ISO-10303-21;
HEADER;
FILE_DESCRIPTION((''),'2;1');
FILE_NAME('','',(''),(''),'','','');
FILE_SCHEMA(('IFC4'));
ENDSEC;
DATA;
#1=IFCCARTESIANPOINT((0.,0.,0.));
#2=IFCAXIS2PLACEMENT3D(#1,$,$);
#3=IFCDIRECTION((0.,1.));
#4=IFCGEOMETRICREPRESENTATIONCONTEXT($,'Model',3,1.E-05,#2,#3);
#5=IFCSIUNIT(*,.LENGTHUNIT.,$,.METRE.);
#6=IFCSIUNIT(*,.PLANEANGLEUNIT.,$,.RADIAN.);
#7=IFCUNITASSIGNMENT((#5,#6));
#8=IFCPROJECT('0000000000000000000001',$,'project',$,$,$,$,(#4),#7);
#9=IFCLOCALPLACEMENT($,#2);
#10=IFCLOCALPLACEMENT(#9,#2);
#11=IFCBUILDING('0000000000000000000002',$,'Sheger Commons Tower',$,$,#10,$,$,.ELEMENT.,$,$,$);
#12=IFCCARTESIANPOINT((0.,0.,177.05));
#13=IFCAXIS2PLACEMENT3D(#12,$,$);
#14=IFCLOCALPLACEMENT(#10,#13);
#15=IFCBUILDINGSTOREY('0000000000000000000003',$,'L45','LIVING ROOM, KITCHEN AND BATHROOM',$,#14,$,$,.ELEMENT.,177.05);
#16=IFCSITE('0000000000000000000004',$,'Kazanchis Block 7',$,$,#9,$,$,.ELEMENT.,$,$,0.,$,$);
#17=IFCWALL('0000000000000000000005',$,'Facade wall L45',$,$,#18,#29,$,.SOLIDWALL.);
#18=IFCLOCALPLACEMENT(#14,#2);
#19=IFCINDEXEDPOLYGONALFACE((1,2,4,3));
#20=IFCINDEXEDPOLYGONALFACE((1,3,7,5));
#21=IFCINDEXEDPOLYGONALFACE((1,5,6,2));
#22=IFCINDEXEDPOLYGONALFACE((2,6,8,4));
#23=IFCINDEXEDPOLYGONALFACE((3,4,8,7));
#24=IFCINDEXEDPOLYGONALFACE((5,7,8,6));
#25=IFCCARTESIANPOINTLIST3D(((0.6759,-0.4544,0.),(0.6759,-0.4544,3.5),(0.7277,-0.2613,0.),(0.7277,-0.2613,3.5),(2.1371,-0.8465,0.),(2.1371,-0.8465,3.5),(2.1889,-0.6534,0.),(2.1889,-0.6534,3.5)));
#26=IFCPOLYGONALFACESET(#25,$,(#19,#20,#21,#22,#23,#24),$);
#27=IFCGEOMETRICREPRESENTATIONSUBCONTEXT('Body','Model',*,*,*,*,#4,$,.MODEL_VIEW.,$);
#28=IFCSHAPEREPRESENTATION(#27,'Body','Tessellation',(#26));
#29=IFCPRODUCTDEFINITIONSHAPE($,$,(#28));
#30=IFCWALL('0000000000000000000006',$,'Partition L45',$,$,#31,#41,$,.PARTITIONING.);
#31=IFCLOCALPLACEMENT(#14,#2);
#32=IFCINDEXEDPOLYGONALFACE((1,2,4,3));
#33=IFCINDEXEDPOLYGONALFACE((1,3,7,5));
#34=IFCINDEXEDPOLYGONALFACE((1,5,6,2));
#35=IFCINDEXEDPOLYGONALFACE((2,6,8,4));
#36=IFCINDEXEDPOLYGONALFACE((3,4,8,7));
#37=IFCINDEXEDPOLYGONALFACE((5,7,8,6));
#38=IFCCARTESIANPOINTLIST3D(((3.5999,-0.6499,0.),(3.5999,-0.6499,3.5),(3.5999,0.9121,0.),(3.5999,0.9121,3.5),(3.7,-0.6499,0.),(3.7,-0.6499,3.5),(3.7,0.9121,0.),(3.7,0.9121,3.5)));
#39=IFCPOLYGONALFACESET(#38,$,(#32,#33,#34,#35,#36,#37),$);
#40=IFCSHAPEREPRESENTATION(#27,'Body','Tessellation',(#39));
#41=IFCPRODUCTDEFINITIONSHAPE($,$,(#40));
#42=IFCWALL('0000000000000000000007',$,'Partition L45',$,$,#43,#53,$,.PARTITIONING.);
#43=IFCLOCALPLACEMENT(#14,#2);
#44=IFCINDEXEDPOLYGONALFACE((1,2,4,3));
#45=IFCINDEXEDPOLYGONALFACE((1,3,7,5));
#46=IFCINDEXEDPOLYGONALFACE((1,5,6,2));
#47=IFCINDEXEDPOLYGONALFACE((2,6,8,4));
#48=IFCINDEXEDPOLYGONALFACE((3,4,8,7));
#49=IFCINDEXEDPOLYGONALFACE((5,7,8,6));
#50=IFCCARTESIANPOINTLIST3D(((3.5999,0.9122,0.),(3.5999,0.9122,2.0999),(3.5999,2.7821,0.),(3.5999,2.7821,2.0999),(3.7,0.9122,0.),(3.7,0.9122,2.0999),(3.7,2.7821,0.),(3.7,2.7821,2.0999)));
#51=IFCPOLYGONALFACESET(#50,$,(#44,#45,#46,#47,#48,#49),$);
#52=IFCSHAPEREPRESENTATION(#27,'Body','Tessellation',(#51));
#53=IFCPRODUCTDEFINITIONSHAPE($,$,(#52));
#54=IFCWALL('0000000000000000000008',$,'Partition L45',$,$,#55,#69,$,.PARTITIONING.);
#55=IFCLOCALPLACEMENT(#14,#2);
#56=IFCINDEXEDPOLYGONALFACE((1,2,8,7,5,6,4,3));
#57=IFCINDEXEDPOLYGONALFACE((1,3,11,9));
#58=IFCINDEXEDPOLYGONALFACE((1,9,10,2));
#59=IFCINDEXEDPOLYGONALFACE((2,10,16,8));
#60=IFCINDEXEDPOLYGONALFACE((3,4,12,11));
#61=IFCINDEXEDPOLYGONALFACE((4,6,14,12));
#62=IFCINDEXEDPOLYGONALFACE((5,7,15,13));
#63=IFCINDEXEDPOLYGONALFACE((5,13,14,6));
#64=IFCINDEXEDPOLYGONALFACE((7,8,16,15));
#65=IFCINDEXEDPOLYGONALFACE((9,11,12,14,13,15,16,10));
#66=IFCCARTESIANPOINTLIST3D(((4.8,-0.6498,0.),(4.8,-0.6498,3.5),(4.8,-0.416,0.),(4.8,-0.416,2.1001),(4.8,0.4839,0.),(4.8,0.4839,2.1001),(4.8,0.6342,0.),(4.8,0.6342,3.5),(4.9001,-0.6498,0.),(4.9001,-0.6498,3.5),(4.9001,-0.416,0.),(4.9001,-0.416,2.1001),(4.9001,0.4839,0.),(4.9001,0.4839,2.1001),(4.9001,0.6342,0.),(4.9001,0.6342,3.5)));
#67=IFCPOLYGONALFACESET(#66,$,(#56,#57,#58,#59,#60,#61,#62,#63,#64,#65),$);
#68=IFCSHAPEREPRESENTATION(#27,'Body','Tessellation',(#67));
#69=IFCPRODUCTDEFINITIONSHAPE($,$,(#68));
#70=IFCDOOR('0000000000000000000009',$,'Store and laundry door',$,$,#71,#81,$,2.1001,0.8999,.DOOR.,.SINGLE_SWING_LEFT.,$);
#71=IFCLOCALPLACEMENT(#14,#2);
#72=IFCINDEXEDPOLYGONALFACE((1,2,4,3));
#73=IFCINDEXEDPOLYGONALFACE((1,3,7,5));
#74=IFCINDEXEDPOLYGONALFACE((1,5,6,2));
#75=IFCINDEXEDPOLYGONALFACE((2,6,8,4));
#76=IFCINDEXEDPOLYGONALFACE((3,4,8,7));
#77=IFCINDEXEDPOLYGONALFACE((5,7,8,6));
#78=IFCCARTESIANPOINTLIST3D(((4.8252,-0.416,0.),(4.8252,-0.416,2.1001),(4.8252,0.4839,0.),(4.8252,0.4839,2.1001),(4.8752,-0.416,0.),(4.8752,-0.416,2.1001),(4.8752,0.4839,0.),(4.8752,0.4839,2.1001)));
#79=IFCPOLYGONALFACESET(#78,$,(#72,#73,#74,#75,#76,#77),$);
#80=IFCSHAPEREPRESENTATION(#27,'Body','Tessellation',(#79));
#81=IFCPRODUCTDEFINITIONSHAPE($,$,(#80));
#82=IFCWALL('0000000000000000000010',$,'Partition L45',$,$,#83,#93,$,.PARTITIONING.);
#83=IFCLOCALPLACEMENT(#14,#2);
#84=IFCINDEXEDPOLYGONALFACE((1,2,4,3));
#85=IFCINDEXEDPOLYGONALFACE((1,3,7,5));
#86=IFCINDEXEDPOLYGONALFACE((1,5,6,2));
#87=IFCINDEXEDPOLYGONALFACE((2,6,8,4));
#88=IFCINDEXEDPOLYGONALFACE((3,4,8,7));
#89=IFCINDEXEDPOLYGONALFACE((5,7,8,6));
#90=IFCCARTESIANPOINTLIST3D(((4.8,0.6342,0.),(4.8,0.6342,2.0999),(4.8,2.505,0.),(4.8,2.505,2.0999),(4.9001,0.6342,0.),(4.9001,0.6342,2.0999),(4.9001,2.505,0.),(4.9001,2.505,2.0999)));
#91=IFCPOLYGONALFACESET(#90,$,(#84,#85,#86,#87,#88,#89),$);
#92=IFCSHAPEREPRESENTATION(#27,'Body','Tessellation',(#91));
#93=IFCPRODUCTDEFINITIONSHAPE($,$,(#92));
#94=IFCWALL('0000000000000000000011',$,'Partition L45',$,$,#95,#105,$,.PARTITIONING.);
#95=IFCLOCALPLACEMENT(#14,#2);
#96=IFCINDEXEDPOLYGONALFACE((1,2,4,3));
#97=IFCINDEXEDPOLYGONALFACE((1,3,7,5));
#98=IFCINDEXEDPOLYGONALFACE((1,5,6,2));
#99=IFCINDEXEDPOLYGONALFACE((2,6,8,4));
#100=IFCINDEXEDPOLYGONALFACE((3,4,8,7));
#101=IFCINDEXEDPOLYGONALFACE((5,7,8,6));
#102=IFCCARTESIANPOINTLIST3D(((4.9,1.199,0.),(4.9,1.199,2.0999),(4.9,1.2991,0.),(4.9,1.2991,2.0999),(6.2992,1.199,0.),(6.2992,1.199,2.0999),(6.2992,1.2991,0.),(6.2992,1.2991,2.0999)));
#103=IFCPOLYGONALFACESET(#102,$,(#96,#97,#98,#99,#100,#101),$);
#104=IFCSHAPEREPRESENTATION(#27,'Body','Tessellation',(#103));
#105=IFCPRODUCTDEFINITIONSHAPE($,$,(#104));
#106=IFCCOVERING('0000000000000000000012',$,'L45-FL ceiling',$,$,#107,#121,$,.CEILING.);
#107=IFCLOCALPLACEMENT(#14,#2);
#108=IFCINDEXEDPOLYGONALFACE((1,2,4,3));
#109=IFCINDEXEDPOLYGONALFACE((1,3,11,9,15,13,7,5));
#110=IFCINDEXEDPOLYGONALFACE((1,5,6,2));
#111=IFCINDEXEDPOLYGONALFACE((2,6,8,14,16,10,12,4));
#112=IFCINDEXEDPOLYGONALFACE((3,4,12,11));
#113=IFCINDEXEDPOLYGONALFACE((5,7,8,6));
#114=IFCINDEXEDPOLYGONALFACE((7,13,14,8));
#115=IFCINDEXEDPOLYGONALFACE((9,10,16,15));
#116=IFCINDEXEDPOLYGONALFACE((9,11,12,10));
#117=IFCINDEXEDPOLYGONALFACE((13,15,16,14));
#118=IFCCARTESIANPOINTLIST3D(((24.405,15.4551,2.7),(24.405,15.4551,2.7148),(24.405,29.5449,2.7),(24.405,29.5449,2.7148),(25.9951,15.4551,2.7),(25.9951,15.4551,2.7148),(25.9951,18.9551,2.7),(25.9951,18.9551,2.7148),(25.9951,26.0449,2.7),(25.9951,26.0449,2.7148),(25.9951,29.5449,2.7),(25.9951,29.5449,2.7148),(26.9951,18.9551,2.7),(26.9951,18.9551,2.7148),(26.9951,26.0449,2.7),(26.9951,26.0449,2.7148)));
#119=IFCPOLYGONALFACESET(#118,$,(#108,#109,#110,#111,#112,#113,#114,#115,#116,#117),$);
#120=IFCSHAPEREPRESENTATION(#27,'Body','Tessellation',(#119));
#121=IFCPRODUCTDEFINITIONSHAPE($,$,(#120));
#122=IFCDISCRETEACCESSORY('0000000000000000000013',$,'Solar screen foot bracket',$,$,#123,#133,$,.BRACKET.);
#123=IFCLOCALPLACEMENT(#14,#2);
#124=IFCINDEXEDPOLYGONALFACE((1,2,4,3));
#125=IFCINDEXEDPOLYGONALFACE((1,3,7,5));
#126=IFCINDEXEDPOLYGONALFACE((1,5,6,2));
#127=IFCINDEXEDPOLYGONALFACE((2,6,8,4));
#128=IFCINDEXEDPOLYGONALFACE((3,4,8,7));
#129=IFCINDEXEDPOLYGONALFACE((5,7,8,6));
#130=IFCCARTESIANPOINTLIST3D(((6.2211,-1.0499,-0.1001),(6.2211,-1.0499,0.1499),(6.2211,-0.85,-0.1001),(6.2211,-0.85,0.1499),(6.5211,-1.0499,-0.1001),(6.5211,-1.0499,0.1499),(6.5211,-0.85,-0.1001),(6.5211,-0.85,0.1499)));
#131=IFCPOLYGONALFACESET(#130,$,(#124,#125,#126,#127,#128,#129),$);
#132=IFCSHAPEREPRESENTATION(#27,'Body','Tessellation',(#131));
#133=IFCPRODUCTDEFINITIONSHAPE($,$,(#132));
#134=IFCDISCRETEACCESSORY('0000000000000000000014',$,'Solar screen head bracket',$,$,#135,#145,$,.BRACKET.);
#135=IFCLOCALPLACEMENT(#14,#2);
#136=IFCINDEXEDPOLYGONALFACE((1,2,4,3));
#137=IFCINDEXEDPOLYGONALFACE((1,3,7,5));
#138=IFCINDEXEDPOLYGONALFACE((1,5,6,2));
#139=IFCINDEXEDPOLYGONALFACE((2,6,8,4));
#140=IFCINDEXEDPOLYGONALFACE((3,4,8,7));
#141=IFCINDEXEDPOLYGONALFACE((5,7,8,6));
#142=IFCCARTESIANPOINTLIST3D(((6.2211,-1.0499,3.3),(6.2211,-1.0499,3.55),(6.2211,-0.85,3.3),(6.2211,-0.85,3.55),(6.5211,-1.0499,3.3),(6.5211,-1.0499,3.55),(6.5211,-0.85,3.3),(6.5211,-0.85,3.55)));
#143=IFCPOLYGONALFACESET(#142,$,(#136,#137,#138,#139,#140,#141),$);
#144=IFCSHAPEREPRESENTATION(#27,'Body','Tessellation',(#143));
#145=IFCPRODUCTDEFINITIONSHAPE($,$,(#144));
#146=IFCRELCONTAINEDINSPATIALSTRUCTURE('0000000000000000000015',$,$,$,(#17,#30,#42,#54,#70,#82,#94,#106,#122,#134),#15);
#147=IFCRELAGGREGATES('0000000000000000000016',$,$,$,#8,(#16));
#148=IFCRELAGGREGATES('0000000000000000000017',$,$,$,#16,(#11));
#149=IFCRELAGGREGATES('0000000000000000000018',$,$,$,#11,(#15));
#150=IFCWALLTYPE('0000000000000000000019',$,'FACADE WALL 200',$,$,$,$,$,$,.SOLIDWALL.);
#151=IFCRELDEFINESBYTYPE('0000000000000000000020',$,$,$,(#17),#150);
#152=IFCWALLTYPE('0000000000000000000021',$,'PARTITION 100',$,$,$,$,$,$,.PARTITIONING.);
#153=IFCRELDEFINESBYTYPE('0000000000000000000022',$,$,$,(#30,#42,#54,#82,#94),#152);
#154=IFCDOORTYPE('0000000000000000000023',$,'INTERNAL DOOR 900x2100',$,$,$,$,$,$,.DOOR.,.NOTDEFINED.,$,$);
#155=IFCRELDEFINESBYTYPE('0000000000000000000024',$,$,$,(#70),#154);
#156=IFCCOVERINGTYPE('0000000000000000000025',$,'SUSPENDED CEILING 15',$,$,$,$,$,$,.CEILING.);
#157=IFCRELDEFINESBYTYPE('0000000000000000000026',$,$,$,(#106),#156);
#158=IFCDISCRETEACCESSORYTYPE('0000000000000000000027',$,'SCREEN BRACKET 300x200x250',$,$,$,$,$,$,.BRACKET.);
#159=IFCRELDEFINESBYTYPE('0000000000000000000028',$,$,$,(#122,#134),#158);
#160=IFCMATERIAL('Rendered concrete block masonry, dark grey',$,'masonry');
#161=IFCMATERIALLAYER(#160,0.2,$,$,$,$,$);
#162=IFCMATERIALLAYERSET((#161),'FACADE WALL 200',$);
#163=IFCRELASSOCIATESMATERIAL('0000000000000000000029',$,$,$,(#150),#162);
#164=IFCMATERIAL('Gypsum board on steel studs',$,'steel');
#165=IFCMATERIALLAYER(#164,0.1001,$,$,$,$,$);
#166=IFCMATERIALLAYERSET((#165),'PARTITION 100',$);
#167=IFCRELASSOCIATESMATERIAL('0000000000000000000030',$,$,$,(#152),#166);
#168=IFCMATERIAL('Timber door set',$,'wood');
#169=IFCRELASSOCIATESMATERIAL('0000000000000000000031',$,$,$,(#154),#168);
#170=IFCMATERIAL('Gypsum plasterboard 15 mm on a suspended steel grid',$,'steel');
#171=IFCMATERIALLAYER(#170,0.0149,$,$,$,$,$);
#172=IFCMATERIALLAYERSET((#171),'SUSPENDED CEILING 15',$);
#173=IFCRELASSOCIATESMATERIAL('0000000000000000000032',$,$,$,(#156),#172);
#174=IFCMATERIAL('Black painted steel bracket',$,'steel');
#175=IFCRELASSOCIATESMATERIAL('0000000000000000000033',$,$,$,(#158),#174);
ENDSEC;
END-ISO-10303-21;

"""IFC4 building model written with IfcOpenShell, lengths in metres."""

from ifc_helpers import new_model, si_unit, direction, frame, frame_2d, origin, origin_2d, place, context, subcontext, project, spatial, polyline, rectangle, outline, extrude, material, layer, layer_set, type_object, element, fill, save


model = new_model("IFC4")

# Units and contexts
model_context = context("Model", 3, precision=1e-05, world=origin(), true_north=direction((0.0, 1.0)))
body_context = subcontext(model_context, "Body", "Model", "MODEL_VIEW")
ifc_project = project(units=[si_unit("LENGTHUNIT", "METRE"), si_unit("PLANEANGLEUNIT", "RADIAN")], contexts=[model_context])

# Site, building, storey
site_placement = place(None, origin())
site = spatial("IfcSite", under=ifc_project, at=site_placement, Name="Kazanchis Block 7", CompositionType="ELEMENT", RefElevation=0.0)
building_placement = place(site_placement, origin())
building = spatial("IfcBuilding", under=site, at=building_placement, Name="Sheger Commons Tower", CompositionType="ELEMENT")
storey_placement = place(building_placement, frame((0.0, 0.0, 177.05)))
storey = spatial("IfcBuildingStorey", under=building, at=storey_placement, Name="L45", Description="LIVING ROOM, KITCHEN AND BATHROOM", CompositionType="ELEMENT", Elevation=177.05)

# Shared definitions
ifc_material_1 = material(Name="Rendered concrete block masonry, dark grey", Category="masonry")
ifc_layer_1 = layer(ifc_material_1, 0.2)
ifc_layer_set_1 = layer_set([ifc_layer_1], Name="FACADE WALL 200")
wall_type_1 = type_object("IfcWallType", Name="FACADE WALL 200", PredefinedType="SOLIDWALL", material=ifc_layer_set_1)

# Walls
wall_1_placement = place(storey_placement, frame((0.7019, -0.3579, 0.0), z_axis=(0.0, 0.0, 1.0), x_axis=(0.965832, -0.259169, 0.0)))
element("IfcWall", 1, at=wall_1_placement, inside=storey, type_object=wall_type_1, Name="Facade wall L45", PredefinedType="SOLIDWALL", context=body_context, shape_type="SweptSolid", body=[
    extrude(rectangle(XDim=1.5129, YDim=0.2, at=frame_2d((0.7563, 0.0))), origin(), (0.0, 0.0, 1.0), 3.5),
])
ifc_material_2 = material(Name="Gypsum board on steel studs", Category="steel")
ifc_layer_2 = layer(ifc_material_2, 0.1001)
ifc_layer_set_2 = layer_set([ifc_layer_2], Name="PARTITION 100")
wall_type_2 = type_object("IfcWallType", Name="PARTITION 100", PredefinedType="PARTITIONING", material=ifc_layer_set_2)
wall_2_placement = place(storey_placement, frame((3.6499, -0.6499, 0.0), z_axis=(0.0, 0.0, 1.0), x_axis=(0.0, 1.0, 0.0)))
element("IfcWall", 2, at=wall_2_placement, inside=storey, type_object=wall_type_2, Name="Partition L45", PredefinedType="PARTITIONING", context=body_context, shape_type="SweptSolid", body=[
    extrude(rectangle(XDim=1.562, YDim=0.1001, at=frame_2d((0.781, 0.0))), origin(), (0.0, 0.0, 1.0), 3.5),
])
wall_3_placement = place(storey_placement, frame((3.6499, 0.9121, 0.0), z_axis=(0.0, 0.0, 1.0), x_axis=(0.0, 1.0, 0.0)))
element("IfcWall", 3, at=wall_3_placement, inside=storey, type_object=wall_type_2, Name="Partition L45", PredefinedType="PARTITIONING", context=body_context, shape_type="SweptSolid", body=[
    extrude(rectangle(XDim=1.8699, YDim=0.1001, at=frame_2d((0.9351, 0.0))), origin(), (0.0, 0.0, 1.0), 2.0999),
])

# Wall, opening, door
wall_4_placement = place(storey_placement, frame((4.8501, -0.6499, 0.0), z_axis=(0.0, 0.0, 1.0), x_axis=(0.0, 1.0, 0.0)))
wall_4 = element("IfcWall", 4, at=wall_4_placement, inside=storey, type_object=wall_type_2, Name="Partition L45", PredefinedType="PARTITIONING", context=body_context, shape_type="SweptSolid", body=[
    extrude(rectangle(XDim=1.2839, YDim=0.1001, at=frame_2d((0.6421, 0.0))), origin(), (0.0, 0.0, 1.0), 3.5),
])
opening_1_placement = place(wall_4_placement, frame((0.2339, 0.0, 0.0)))
opening_1 = element("IfcOpeningElement", 5, at=opening_1_placement, cuts=wall_4, PredefinedType="OPENING", context=body_context, shape_type="SweptSolid", body=[
    extrude(rectangle(XDim=0.8999, YDim=2.1001, at=frame_2d((0.45, 1.05))), frame((0.0, 0.0601, 0.0), z_axis=(0.0, -1.0, 0.0), x_axis=(1.0, 0.0, 0.0)), (0.0, 0.0, 1.0), 0.1201),
])
ifc_material_3 = material(Name="Timber door set", Category="wood")
door_type = type_object("IfcDoorType", Name="INTERNAL DOOR 900x2100", OperationType="NOTDEFINED", PredefinedType="DOOR", material=ifc_material_3)
door_placement = place(opening_1_placement, origin())
door = element("IfcDoor", 6, at=door_placement, inside=storey, type_object=door_type, Name="Store and laundry door", OperationType="SINGLE_SWING_LEFT", OverallHeight=2.1001, OverallWidth=0.8999, PredefinedType="DOOR", context=body_context, shape_type="SweptSolid", body=[
    extrude(rectangle(XDim=0.8999, YDim=2.1001, at=frame_2d((0.45, 1.05))), frame((0.0, 0.0249, 0.0), z_axis=(0.0, -1.0, 0.0), x_axis=(1.0, 0.0, 0.0)), (0.0, 0.0, 1.0), 0.05),
])
fill(opening_1, door)

# Walls
wall_5_placement = place(storey_placement, frame((4.8501, 0.634, 0.0), z_axis=(0.0, 0.0, 1.0), x_axis=(0.0, 1.0, 0.0)))
element("IfcWall", 7, at=wall_5_placement, inside=storey, type_object=wall_type_2, Name="Partition L45", PredefinedType="PARTITIONING", context=body_context, shape_type="SweptSolid", body=[
    extrude(rectangle(XDim=1.8708, YDim=0.1001, at=frame_2d((0.9355, 0.0))), origin(), (0.0, 0.0, 1.0), 2.0999),
])
wall_6_placement = place(storey_placement, frame((4.8999, 1.249, 0.0), z_axis=(0.0, 0.0, 1.0), x_axis=(1.0, 0.0, 0.0)))
element("IfcWall", 8, at=wall_6_placement, inside=storey, type_object=wall_type_2, Name="Partition L45", PredefinedType="PARTITIONING", context=body_context, shape_type="SweptSolid", body=[
    extrude(rectangle(XDim=1.3992, YDim=0.1001, at=frame_2d((0.6997, 0.0))), origin(), (0.0, 0.0, 1.0), 2.0999),
])

# Covering
ifc_material_4 = material(Name="Gypsum plasterboard 15 mm on a suspended steel grid", Category="steel")
ifc_layer_3 = layer(ifc_material_4, 0.0149)
ifc_layer_set_3 = layer_set([ifc_layer_3], Name="SUSPENDED CEILING 15")
covering_type = type_object("IfcCoveringType", Name="SUSPENDED CEILING 15", PredefinedType="CEILING", material=ifc_layer_set_3)
covering_placement = place(storey_placement, frame((0.0, 0.0, 2.7)))
element("IfcCovering", 9, at=covering_placement, inside=storey, type_object=covering_type, Name="L45-FL ceiling", PredefinedType="CEILING", context=body_context, shape_type="SweptSolid", body=[
    extrude(outline(polyline([(24.405, 15.4551), (25.9951, 15.4551), (25.9951, 18.9551), (26.9951, 18.9551), (26.9951, 26.0449), (25.9951, 26.0449), (25.9951, 29.5449), (24.405, 29.5449), (24.405, 15.4551)])), origin(), (0.0, 0.0, 1.0), 0.0149),
])

# Discrete accessories
ifc_material_5 = material(Name="Black painted steel bracket", Category="steel")
discrete_accessory_type = type_object("IfcDiscreteAccessoryType", Name="SCREEN BRACKET 300x200x250", PredefinedType="BRACKET", material=ifc_material_5)
for number, where, z_axis, x_axis, name in (
    (10, (6.3711, -0.95, -0.1001), (0.0, 0.0, 1.0), (1.0, 0.0, 0.0), "Solar screen foot bracket"),
    (11, (6.3711, -0.95, 3.3), (0.0, 0.0, 1.0), (1.0, 0.0, 0.0), "Solar screen head bracket"),
):
    element("IfcDiscreteAccessory", number, at=place(storey_placement, frame(where, z_axis=z_axis, x_axis=x_axis)), inside=storey, type_object=discrete_accessory_type, Name=name, PredefinedType="BRACKET", context=body_context, shape_type="SweptSolid", body=[
        extrude(rectangle(XDim=0.3, YDim=0.2, at=origin_2d()), origin(), (0.0, 0.0, 1.0), 0.25),
    ])

save(model, "model.ifc")
